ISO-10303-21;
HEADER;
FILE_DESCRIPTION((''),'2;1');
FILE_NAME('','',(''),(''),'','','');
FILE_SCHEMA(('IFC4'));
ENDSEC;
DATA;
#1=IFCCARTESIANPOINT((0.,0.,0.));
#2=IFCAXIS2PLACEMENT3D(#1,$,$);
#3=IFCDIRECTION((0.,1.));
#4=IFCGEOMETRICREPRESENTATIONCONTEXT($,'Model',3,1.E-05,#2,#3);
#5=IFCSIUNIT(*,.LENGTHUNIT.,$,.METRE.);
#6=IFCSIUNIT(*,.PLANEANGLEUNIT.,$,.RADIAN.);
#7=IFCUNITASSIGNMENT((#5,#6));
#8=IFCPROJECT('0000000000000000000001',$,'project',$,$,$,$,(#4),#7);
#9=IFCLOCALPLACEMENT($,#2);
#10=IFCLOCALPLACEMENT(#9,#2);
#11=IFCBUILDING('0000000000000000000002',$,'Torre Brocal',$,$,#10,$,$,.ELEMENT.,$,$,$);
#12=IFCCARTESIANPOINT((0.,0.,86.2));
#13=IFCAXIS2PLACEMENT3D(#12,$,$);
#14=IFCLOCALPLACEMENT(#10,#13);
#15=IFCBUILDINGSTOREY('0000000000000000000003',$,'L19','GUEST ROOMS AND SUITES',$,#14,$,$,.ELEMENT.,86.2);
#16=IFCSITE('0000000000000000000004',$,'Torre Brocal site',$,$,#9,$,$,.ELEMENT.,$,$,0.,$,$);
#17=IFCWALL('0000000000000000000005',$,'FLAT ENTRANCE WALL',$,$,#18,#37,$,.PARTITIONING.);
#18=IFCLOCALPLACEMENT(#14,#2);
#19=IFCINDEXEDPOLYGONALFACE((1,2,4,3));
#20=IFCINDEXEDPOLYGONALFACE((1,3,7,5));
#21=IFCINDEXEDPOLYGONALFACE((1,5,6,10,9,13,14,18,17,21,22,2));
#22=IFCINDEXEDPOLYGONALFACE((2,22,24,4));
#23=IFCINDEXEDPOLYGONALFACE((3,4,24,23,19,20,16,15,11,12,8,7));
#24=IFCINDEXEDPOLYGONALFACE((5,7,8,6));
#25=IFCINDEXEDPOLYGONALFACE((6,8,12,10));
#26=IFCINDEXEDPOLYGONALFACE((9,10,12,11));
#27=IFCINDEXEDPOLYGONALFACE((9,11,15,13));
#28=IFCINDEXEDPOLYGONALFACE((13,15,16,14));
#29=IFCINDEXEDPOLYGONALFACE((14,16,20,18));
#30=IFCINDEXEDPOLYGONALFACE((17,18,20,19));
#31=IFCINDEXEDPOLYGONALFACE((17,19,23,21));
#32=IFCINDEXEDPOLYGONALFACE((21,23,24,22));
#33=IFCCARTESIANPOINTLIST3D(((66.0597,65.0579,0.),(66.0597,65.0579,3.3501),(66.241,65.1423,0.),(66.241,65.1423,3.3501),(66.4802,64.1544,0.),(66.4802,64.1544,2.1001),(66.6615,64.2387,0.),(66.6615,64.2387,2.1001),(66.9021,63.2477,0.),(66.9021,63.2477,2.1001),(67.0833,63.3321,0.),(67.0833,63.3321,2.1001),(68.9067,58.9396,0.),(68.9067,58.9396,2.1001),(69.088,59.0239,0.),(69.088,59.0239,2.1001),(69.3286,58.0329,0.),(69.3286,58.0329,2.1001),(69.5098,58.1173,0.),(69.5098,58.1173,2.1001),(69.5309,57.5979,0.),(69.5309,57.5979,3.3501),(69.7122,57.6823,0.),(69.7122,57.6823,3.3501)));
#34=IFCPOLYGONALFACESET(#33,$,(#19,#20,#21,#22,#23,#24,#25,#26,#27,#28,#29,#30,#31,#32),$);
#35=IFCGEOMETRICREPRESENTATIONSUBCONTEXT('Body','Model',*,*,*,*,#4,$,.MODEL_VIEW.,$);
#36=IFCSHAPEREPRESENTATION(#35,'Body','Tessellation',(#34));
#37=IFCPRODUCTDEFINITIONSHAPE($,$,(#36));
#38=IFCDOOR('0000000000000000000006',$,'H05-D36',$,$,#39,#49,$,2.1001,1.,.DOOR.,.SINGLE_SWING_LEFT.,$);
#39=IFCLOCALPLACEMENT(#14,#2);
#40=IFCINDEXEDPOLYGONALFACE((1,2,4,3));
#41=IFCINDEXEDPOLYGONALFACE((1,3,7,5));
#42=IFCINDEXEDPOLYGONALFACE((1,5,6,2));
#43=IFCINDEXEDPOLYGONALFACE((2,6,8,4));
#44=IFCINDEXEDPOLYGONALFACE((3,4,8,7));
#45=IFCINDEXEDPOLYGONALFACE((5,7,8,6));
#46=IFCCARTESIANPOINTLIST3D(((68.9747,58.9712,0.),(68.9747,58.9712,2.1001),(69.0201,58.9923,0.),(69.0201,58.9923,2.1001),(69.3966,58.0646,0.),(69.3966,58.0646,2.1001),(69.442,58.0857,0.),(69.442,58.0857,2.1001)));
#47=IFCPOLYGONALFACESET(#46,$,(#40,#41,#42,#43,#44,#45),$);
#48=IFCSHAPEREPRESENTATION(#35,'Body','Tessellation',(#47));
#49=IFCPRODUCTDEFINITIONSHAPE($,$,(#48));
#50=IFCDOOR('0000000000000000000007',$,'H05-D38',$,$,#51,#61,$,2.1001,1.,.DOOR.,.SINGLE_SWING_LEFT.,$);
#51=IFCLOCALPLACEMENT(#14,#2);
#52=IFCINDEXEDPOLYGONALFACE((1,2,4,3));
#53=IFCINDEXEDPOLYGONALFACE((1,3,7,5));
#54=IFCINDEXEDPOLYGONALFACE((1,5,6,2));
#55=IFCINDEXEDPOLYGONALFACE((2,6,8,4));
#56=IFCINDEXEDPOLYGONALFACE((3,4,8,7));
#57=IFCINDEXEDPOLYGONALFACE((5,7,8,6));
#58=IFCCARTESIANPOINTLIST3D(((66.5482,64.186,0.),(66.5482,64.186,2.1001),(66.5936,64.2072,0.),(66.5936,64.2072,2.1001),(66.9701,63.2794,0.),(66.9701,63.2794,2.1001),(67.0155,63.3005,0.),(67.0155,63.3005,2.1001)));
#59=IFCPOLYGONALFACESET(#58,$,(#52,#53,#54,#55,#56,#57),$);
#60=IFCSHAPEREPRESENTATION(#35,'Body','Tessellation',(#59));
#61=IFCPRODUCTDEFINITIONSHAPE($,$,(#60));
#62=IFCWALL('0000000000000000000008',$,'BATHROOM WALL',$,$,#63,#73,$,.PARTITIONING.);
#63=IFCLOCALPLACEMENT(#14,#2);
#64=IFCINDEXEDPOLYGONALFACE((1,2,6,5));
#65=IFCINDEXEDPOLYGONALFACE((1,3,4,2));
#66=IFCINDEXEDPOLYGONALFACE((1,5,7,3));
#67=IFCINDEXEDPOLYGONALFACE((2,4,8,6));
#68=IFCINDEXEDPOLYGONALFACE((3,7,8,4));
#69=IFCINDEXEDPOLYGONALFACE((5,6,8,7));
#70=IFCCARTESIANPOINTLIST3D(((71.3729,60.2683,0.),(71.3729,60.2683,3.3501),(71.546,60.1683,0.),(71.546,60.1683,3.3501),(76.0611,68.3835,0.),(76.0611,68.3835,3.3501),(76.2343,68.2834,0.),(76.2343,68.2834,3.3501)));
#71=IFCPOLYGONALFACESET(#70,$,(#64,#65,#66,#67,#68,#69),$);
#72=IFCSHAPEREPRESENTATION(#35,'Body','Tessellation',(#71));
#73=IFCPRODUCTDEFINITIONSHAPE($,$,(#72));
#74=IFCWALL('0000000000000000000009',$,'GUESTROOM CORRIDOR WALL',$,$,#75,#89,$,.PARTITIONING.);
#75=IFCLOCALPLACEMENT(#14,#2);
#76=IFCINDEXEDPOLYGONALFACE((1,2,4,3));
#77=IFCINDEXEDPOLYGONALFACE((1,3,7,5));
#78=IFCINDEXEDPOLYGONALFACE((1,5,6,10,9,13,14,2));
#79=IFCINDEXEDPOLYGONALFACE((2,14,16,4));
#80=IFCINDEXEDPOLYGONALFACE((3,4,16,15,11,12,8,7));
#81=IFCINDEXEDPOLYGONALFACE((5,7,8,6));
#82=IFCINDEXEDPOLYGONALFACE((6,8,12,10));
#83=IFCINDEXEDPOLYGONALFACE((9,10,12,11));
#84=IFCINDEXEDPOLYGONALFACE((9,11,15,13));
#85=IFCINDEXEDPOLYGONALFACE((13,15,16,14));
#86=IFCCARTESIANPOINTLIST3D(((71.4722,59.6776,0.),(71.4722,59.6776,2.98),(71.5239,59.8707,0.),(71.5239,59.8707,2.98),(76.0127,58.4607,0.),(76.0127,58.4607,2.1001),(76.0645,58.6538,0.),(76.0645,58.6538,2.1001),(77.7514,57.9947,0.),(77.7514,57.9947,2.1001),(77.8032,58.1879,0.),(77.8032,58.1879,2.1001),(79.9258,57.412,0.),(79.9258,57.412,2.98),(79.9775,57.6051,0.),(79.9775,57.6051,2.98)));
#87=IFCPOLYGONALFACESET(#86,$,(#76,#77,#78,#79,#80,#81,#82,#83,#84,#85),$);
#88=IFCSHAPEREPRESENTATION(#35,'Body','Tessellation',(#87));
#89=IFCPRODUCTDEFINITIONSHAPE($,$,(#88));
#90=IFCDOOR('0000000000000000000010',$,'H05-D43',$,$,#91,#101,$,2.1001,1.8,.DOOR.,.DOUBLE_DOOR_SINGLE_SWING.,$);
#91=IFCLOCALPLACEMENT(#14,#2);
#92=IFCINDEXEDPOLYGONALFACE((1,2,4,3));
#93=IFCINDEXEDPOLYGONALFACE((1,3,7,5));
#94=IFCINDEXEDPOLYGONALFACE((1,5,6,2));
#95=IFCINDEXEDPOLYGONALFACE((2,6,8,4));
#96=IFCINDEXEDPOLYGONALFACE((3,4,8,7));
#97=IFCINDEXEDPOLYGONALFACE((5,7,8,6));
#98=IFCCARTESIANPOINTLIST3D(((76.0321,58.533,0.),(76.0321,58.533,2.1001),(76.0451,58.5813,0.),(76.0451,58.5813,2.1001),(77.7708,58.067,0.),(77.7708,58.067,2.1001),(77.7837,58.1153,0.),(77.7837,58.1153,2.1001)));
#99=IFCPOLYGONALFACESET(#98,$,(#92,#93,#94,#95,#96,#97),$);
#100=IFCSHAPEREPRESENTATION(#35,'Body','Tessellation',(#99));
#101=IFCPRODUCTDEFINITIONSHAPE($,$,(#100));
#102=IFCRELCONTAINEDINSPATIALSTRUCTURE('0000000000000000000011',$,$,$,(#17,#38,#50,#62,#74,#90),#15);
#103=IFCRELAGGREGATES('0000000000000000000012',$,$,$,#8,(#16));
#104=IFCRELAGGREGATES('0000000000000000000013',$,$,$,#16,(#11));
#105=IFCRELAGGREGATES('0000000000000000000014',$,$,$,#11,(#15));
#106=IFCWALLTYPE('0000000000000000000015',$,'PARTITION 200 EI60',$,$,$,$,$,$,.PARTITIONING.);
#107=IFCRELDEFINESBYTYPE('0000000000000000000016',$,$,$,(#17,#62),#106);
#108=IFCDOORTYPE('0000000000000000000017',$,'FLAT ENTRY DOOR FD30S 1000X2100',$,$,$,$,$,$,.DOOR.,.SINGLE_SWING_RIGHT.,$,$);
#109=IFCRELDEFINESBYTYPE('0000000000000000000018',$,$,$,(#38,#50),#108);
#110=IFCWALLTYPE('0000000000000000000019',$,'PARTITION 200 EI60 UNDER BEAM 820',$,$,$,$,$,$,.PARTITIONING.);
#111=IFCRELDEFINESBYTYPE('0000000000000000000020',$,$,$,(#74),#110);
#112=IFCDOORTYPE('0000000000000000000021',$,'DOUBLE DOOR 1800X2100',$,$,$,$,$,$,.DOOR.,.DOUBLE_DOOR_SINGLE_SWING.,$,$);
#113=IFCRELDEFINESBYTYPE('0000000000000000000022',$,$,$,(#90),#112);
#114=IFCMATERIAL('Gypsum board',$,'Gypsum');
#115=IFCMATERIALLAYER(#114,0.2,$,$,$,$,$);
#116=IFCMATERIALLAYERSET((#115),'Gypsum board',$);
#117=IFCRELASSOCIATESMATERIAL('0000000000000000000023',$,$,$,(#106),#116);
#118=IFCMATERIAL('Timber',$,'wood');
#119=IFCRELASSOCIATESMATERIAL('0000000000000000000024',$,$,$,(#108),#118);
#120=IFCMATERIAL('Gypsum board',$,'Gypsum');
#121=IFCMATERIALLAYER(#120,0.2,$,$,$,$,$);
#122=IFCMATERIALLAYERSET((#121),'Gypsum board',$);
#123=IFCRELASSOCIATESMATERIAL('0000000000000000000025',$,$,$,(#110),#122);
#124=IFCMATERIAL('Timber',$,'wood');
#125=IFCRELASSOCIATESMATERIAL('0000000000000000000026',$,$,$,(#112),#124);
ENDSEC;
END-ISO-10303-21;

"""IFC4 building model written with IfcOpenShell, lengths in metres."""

from ifc_helpers import new_model, si_unit, direction, frame, frame_2d, origin, place, context, subcontext, project, spatial, rectangle, extrude, material, layer, layer_set, type_object, element, fill, save


model = new_model("IFC4")

# Units and contexts
model_context = context("Model", 3, precision=1e-05, world=origin(), true_north=direction((0.0, 1.0)))
body_context = subcontext(model_context, "Body", "Model", "MODEL_VIEW")
ifc_project = project(units=[si_unit("LENGTHUNIT", "METRE"), si_unit("PLANEANGLEUNIT", "RADIAN")], contexts=[model_context])

# Site, building, storey
site_placement = place(None, origin())
site = spatial("IfcSite", under=ifc_project, at=site_placement, Name="Torre Brocal site", CompositionType="ELEMENT", RefElevation=0.0)
building_placement = place(site_placement, origin())
building = spatial("IfcBuilding", under=site, at=building_placement, Name="Torre Brocal", CompositionType="ELEMENT")
storey_placement = place(building_placement, frame((0.0, 0.0, 86.2)))
storey = spatial("IfcBuildingStorey", under=building, at=storey_placement, Name="L19", Description="GUEST ROOMS AND SUITES", CompositionType="ELEMENT", Elevation=86.2)

# Wall, openings, doors
ifc_material_1 = material(Name="Gypsum board", Category="Gypsum")
ifc_layer_1 = layer(ifc_material_1, 0.2)
ifc_layer_set_1 = layer_set([ifc_layer_1], Name="Gypsum board")
wall_type_1 = type_object("IfcWallType", Name="PARTITION 200 EI60", PredefinedType="PARTITIONING", material=ifc_layer_set_1)
wall_1_placement = place(storey_placement, frame((66.1504, 65.1001, 0.0), z_axis=(0.0, 0.0, 1.0), x_axis=(0.421875, -0.906654, 0.0)))
wall_1 = element("IfcWall", 1, at=wall_1_placement, inside=storey, type_object=wall_type_1, Name="FLAT ENTRANCE WALL", PredefinedType="PARTITIONING", context=body_context, shape_type="SweptSolid", body=[
    extrude(rectangle(XDim=8.228, YDim=0.2, at=frame_2d((4.114, 0.0))), origin(), (0.0, 0.0, 1.0), 3.3501),
])
opening_1_placement = place(wall_1_placement, frame((6.7483, 0.0, 0.0)))
opening_1 = element("IfcOpeningElement", 2, at=opening_1_placement, cuts=wall_1, PredefinedType="OPENING", context=body_context, shape_type="SweptSolid", body=[
    extrude(rectangle(XDim=1.0, YDim=2.1001, at=frame_2d((0.5, 1.05))), frame((0.0, 0.1099, 0.0), z_axis=(0.0, -1.0, 0.0), x_axis=(1.0, 0.0, 0.0)), (0.0, 0.0, 1.0), 0.22),
])
opening_2_placement = place(wall_1_placement, frame((0.9966, 0.0, 0.0)))
opening_2 = element("IfcOpeningElement", 3, at=opening_2_placement, cuts=wall_1, PredefinedType="OPENING", context=body_context, shape_type="SweptSolid", body=[
    extrude(rectangle(XDim=1.0, YDim=2.1001, at=frame_2d((0.5, 1.05))), frame((0.0, 0.1099, 0.0), z_axis=(0.0, -1.0, 0.0), x_axis=(1.0, 0.0, 0.0)), (0.0, 0.0, 1.0), 0.22),
])
ifc_material_2 = material(Name="Timber", Category="wood")
door_type_1 = type_object("IfcDoorType", Name="FLAT ENTRY DOOR FD30S 1000X2100", OperationType="SINGLE_SWING_RIGHT", PredefinedType="DOOR", material=ifc_material_2)
door_1_placement = place(opening_1_placement, frame((1.0, 0.0, 0.0), z_axis=(0.0, 0.0, 1.0), x_axis=(-1.0, 0.0, 0.0)))
door_1 = element("IfcDoor", 4, at=door_1_placement, inside=storey, type_object=door_type_1, Name="H05-D36", OperationType="SINGLE_SWING_LEFT", OverallHeight=2.1001, OverallWidth=1.0, PredefinedType="DOOR", context=body_context, shape_type="SweptSolid", body=[
    extrude(rectangle(XDim=1.0, YDim=2.1001, at=frame_2d((0.5, 1.05))), frame((0.0, 0.0249, 0.0), z_axis=(0.0, -1.0, 0.0), x_axis=(1.0, 0.0, 0.0)), (0.0, 0.0, 1.0), 0.05),
])
fill(opening_1, door_1)
door_2_placement = place(opening_2_placement, frame((1.0, 0.0, 0.0), z_axis=(0.0, 0.0, 1.0), x_axis=(-1.0, 0.0, 0.0)))
door_2 = element("IfcDoor", 5, at=door_2_placement, inside=storey, type_object=door_type_1, Name="H05-D38", OperationType="SINGLE_SWING_LEFT", OverallHeight=2.1001, OverallWidth=1.0, PredefinedType="DOOR", context=body_context, shape_type="SweptSolid", body=[
    extrude(rectangle(XDim=1.0, YDim=2.1001, at=frame_2d((0.5, 1.05))), frame((0.0, 0.0249, 0.0), z_axis=(0.0, -1.0, 0.0), x_axis=(1.0, 0.0, 0.0)), (0.0, 0.0, 1.0), 0.05),
])
fill(opening_2, door_2)

# Wall
wall_2_placement = place(storey_placement, frame((71.4595, 60.2183, 0.0), z_axis=(0.0, 0.0, 1.0), x_axis=(0.500232, 0.865891, 0.0)))
element("IfcWall", 6, at=wall_2_placement, inside=storey, type_object=wall_type_1, Name="BATHROOM WALL", PredefinedType="PARTITIONING", context=body_context, shape_type="SweptSolid", body=[
    extrude(rectangle(XDim=9.3721, YDim=0.2, at=frame_2d((4.686, 0.0))), origin(), (0.0, 0.0, 1.0), 3.3501),
])

# Wall, opening, door
ifc_material_3 = material(Name="Gypsum board", Category="Gypsum")
ifc_layer_2 = layer(ifc_material_3, 0.2)
ifc_layer_set_2 = layer_set([ifc_layer_2], Name="Gypsum board")
wall_type_2 = type_object("IfcWallType", Name="PARTITION 200 EI60 UNDER BEAM 820", PredefinedType="PARTITIONING", material=ifc_layer_set_2)
wall_3_placement = place(storey_placement, frame((71.498, 59.7742, 0.0), z_axis=(0.0, 0.0, 1.0), x_axis=(0.965912, -0.258871, 0.0)))
wall_3 = element("IfcWall", 7, at=wall_3_placement, inside=storey, type_object=wall_type_2, Name="GUESTROOM CORRIDOR WALL", PredefinedType="PARTITIONING", context=body_context, shape_type="SweptSolid", body=[
    extrude(rectangle(XDim=8.752, YDim=0.2, at=frame_2d((4.376, 0.0))), origin(), (0.0, 0.0, 1.0), 2.98),
])
opening_3_placement = place(wall_3_placement, frame((4.7009, 0.0, 0.0)))
opening_3 = element("IfcOpeningElement", 8, at=opening_3_placement, cuts=wall_3, PredefinedType="OPENING", context=body_context, shape_type="SweptSolid", body=[
    extrude(rectangle(XDim=1.8, YDim=2.1001, at=frame_2d((0.8999, 1.05))), frame((0.0, 0.1099, 0.0), z_axis=(0.0, -1.0, 0.0), x_axis=(1.0, 0.0, 0.0)), (0.0, 0.0, 1.0), 0.22),
])
ifc_material_4 = material(Name="Timber", Category="wood")
door_type_2 = type_object("IfcDoorType", Name="DOUBLE DOOR 1800X2100", OperationType="DOUBLE_DOOR_SINGLE_SWING", PredefinedType="DOOR", material=ifc_material_4)
door_3_placement = place(opening_3_placement, origin())
door_3 = element("IfcDoor", 9, at=door_3_placement, inside=storey, type_object=door_type_2, Name="H05-D43", OperationType="DOUBLE_DOOR_SINGLE_SWING", OverallHeight=2.1001, OverallWidth=1.8, PredefinedType="DOOR", context=body_context, shape_type="SweptSolid", body=[
    extrude(rectangle(XDim=1.8, YDim=2.1001, at=frame_2d((0.8999, 1.05))), frame((0.0, 0.0249, 0.0), z_axis=(0.0, -1.0, 0.0), x_axis=(1.0, 0.0, 0.0)), (0.0, 0.0, 1.0), 0.05),
])
fill(opening_3, door_3)

save(model, "model.ifc")
